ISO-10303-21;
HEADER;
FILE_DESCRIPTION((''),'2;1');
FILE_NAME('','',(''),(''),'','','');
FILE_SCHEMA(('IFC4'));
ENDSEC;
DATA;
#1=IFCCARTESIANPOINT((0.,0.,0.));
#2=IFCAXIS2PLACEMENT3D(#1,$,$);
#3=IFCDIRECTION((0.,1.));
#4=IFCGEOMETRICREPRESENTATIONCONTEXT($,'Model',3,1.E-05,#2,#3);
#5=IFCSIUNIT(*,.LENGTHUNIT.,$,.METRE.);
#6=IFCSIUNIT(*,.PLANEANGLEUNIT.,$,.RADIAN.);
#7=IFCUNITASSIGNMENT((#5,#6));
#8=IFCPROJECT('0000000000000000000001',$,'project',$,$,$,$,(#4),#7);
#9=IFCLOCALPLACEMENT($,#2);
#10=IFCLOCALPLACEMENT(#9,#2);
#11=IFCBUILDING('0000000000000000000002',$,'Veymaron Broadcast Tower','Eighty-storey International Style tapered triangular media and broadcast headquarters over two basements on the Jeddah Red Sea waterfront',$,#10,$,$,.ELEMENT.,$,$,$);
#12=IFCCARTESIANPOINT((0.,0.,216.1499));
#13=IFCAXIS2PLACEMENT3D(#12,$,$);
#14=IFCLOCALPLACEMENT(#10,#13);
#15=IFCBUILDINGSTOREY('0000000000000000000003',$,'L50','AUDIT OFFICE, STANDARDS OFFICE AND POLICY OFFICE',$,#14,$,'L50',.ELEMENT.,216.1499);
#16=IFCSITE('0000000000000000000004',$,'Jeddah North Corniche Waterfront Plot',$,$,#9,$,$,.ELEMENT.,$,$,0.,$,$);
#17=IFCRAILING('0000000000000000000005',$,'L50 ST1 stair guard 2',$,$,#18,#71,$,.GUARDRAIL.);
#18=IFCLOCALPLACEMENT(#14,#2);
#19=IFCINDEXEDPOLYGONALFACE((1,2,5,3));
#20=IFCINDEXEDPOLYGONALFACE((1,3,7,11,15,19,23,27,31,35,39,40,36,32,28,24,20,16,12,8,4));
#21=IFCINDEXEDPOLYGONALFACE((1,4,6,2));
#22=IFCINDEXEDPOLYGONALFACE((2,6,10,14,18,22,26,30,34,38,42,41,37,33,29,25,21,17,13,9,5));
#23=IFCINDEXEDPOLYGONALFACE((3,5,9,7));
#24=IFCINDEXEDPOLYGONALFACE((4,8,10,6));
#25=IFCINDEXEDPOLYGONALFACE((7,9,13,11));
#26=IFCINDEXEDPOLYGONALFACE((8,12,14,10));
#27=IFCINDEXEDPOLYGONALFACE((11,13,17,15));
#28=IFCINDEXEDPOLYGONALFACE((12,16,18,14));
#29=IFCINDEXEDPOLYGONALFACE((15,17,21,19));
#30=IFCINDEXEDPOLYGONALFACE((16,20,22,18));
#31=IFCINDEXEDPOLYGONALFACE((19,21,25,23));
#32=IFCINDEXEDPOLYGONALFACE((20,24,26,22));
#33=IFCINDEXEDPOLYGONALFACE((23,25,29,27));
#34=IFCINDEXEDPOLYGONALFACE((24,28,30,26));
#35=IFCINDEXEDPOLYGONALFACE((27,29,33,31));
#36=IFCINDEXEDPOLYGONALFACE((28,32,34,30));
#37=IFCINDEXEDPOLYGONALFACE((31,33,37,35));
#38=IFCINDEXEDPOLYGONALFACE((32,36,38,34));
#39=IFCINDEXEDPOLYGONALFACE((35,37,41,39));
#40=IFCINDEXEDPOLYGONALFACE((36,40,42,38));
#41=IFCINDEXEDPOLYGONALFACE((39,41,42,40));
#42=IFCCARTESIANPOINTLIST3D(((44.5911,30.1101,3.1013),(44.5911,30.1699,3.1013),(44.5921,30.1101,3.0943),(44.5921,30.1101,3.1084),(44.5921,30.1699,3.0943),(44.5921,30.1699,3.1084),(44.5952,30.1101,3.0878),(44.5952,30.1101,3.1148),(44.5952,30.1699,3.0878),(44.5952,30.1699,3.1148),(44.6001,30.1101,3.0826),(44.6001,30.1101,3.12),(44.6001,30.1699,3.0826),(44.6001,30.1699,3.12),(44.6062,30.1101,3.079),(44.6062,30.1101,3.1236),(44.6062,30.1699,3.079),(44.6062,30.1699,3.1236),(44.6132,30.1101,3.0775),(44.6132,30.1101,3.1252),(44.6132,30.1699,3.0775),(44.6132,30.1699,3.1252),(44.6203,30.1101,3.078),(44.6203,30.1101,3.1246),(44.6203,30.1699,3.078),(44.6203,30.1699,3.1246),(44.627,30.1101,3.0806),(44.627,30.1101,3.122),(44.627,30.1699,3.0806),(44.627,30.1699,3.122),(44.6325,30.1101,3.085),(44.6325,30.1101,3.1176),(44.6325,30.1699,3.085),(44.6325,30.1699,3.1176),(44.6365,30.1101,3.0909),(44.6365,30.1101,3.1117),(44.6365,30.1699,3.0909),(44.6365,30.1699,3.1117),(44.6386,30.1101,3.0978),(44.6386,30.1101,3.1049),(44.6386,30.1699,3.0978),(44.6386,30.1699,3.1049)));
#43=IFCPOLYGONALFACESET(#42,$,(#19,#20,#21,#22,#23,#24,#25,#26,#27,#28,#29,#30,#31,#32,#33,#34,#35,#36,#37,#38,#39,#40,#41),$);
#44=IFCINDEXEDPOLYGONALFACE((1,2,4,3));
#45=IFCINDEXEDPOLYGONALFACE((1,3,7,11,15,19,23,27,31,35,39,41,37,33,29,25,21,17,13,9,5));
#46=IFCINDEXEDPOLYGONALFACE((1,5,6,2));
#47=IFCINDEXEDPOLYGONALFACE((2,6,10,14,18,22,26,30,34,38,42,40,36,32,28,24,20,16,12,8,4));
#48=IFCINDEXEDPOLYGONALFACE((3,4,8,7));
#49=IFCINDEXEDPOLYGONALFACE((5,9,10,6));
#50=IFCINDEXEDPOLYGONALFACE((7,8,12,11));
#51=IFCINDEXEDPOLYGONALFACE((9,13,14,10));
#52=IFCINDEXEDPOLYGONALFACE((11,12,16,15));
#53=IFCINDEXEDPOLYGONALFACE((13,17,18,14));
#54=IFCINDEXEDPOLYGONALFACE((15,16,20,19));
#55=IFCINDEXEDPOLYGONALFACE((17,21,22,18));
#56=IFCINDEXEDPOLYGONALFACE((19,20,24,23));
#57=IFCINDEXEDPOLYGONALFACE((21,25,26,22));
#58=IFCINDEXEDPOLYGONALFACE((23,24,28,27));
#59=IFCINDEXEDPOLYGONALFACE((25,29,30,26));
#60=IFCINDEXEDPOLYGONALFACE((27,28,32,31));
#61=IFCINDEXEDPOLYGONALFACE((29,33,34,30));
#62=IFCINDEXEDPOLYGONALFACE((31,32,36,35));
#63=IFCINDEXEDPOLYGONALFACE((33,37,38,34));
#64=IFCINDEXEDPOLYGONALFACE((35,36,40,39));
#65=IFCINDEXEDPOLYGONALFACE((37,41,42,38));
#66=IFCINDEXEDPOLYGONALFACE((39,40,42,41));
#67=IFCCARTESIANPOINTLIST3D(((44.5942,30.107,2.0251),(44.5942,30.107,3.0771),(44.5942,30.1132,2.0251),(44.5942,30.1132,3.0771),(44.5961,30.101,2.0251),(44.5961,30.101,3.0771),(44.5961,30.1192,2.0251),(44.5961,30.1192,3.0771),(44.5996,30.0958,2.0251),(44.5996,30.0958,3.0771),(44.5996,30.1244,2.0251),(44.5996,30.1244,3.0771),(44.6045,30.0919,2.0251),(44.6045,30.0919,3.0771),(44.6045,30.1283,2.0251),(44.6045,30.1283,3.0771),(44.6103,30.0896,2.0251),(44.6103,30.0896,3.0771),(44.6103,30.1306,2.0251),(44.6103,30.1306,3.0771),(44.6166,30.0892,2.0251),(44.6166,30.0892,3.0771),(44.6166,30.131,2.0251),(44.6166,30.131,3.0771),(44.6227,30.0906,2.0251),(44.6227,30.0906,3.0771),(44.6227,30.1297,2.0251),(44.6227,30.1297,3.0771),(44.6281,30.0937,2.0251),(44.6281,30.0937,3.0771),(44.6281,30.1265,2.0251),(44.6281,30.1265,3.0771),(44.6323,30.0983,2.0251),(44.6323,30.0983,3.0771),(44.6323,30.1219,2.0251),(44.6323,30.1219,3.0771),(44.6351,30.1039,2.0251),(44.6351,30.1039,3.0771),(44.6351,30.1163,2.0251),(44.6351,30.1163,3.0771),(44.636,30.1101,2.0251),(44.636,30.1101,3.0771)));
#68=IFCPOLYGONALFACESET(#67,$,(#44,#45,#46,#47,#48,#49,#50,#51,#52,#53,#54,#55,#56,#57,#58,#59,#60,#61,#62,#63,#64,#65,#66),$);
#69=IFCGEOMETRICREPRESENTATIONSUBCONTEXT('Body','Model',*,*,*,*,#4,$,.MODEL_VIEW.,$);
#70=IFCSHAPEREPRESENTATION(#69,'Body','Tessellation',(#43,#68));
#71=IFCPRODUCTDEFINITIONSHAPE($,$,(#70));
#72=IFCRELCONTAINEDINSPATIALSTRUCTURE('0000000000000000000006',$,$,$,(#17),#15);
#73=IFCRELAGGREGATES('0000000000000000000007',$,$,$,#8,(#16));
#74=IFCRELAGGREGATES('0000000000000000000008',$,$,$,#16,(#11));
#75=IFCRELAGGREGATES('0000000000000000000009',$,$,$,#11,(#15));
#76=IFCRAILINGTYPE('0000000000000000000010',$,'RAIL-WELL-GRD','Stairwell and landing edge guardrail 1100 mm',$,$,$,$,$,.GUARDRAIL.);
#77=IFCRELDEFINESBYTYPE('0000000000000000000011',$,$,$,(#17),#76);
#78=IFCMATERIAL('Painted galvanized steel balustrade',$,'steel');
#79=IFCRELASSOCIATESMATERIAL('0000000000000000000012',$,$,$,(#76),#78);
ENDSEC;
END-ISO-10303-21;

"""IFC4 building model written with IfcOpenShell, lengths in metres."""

from ifc_helpers import new_model, si_unit, direction, frame, origin, origin_2d, place, context, subcontext, project, spatial, circle, extrude, material, type_object, element, save


model = new_model("IFC4")

# Units and contexts
model_context = context("Model", 3, precision=1e-05, world=origin(), true_north=direction((0.0, 1.0)))
body_context = subcontext(model_context, "Body", "Model", "MODEL_VIEW")
ifc_project = project(units=[si_unit("LENGTHUNIT", "METRE"), si_unit("PLANEANGLEUNIT", "RADIAN")], contexts=[model_context])

# Site, building, storey
site_placement = place(None, origin())
site = spatial("IfcSite", under=ifc_project, at=site_placement, Name="Jeddah North Corniche Waterfront Plot", CompositionType="ELEMENT", RefElevation=0.0)
building_placement = place(site_placement, origin())
building = spatial("IfcBuilding", under=site, at=building_placement, Name="Veymaron Broadcast Tower", Description="Eighty-storey International Style tapered triangular media and broadcast headquarters over two basements on the Jeddah Red Sea waterfront", CompositionType="ELEMENT")
storey_placement = place(building_placement, frame((0.0, 0.0, 216.1499)))
storey = spatial("IfcBuildingStorey", under=building, at=storey_placement, Name="L50", Description="AUDIT OFFICE, STANDARDS OFFICE AND POLICY OFFICE", LongName="L50", CompositionType="ELEMENT", Elevation=216.1499)

# Railing
ifc_material_1 = material(Name="Painted galvanized steel balustrade", Category="steel")
railing_type_1 = type_object("IfcRailingType", Name="RAIL-WELL-GRD", Description="Stairwell and landing edge guardrail 1100 mm", PredefinedType="GUARDRAIL", material=ifc_material_1)
railing_1_placement = place(storey_placement, frame((44.615, 30.1101, 2.0251)))
element("IfcRailing", 1, at=railing_1_placement, inside=storey, type_object=railing_type_1, Name="L50 ST1 stair guard 2", PredefinedType="GUARDRAIL", context=body_context, shape_type="SweptSolid", body=[
    extrude(circle(Radius=0.0239, at=origin_2d()), frame((0.0, 0.0, 1.0762), z_axis=(0.0, 1.0, 0.0), x_axis=(-1.0, 0.0, 0.0)), (0.0, 0.0, 1.0), 0.0598),
    extrude(circle(Radius=0.021, at=origin_2d()), origin(), (0.0, 0.0, 1.0), 1.052),
])

save(model, "model.ifc")
